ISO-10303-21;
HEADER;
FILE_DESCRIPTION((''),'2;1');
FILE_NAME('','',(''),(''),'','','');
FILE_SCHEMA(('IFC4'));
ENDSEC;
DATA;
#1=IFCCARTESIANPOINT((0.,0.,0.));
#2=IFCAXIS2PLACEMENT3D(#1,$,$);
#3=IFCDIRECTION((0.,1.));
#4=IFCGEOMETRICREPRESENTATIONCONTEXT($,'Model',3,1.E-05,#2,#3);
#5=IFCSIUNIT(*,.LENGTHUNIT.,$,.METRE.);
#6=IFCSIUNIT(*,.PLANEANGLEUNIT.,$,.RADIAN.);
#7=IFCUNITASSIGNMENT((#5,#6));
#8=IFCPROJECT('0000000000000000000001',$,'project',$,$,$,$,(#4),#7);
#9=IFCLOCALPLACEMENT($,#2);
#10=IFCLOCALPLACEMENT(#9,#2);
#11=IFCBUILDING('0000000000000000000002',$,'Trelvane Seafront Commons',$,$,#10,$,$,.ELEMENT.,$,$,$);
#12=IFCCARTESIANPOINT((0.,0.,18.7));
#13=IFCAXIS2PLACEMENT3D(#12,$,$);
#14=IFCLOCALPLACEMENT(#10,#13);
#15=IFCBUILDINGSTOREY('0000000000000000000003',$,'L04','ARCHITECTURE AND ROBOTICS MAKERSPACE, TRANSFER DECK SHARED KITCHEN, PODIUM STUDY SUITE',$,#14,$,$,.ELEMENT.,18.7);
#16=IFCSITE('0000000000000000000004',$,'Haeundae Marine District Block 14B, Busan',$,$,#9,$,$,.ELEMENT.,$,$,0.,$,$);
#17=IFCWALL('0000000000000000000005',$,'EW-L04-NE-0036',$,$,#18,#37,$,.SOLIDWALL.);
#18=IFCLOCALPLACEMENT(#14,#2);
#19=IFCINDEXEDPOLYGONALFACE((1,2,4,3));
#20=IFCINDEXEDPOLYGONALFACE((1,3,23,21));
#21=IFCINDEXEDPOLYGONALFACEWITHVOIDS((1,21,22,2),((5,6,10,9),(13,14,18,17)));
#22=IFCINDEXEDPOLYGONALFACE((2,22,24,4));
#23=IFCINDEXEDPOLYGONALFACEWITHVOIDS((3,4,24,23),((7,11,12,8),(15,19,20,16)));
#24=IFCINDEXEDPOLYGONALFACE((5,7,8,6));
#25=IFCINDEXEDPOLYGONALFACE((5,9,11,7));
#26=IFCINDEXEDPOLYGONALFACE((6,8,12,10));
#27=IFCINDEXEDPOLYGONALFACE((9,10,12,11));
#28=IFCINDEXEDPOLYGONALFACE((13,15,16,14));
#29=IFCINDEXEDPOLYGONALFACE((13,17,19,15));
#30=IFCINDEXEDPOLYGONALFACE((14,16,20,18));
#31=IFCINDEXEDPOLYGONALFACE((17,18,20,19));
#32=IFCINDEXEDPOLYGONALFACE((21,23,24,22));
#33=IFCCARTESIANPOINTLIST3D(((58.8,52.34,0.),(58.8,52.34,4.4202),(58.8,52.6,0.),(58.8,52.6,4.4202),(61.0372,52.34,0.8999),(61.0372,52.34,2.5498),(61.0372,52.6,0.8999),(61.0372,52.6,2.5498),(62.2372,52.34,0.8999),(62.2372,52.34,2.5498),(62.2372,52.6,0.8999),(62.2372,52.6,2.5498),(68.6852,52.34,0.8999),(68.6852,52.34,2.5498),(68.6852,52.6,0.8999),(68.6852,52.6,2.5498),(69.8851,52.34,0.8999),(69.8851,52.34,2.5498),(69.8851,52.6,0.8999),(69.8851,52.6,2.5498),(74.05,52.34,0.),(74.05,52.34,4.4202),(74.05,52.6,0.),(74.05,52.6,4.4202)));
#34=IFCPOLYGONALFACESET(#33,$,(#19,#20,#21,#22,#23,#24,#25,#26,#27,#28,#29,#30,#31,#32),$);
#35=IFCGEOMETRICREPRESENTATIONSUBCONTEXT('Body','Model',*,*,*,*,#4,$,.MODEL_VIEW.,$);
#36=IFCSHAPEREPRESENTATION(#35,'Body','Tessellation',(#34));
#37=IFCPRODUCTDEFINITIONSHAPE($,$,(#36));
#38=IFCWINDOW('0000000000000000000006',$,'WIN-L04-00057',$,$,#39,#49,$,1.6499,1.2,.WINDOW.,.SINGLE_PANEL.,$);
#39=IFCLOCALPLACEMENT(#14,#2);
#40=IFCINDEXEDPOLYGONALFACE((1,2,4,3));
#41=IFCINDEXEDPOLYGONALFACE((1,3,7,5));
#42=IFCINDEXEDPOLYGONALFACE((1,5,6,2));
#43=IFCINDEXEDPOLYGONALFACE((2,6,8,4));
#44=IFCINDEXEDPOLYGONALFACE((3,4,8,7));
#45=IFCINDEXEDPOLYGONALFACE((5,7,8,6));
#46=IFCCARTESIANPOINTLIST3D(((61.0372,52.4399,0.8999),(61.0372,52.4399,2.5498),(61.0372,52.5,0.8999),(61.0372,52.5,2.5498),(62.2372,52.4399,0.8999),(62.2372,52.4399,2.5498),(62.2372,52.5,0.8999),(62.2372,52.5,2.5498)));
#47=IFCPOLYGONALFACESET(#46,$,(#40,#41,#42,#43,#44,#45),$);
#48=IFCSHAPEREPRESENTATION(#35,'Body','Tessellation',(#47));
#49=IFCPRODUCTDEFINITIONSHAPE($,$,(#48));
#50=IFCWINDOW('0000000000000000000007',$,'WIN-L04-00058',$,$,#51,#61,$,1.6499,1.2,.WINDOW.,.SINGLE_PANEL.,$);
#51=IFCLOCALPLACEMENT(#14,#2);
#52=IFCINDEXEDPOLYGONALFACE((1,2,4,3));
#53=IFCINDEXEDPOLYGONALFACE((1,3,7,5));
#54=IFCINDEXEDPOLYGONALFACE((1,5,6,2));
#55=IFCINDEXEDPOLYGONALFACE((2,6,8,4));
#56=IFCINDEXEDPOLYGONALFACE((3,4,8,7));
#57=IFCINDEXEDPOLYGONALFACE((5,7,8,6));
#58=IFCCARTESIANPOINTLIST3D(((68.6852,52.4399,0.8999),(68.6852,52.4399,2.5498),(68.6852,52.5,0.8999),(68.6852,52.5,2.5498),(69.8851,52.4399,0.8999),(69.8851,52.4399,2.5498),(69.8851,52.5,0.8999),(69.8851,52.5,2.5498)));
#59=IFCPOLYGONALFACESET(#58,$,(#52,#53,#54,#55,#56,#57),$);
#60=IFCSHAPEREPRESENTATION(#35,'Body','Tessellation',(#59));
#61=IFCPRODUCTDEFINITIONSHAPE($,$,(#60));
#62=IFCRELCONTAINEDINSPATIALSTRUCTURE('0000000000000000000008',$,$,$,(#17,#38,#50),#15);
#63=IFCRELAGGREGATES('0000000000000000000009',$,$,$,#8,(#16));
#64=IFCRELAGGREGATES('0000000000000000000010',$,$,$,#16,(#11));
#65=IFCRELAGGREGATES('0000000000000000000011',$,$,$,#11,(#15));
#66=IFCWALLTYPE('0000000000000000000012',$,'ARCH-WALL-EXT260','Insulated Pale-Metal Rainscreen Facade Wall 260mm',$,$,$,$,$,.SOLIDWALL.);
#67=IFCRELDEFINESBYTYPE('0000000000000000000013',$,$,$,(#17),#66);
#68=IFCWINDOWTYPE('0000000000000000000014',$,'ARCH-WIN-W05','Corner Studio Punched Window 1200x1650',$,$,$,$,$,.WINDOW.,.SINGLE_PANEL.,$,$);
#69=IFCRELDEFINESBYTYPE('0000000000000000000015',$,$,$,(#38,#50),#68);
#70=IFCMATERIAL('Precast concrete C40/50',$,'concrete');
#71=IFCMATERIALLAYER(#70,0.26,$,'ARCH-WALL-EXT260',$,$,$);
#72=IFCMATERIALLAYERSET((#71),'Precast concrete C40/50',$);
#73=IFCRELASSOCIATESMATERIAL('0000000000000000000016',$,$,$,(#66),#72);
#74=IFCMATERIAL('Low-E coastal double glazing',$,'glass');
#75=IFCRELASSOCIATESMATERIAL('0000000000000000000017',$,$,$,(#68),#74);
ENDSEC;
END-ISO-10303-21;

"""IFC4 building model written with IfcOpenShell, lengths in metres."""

from ifc_helpers import new_model, si_unit, direction, frame, frame_2d, origin, place, context, subcontext, project, spatial, rectangle, extrude, source, transform, mapped, material, layer, layer_set, type_object, element, fill, save


model = new_model("IFC4")

# Units and contexts
model_context = context("Model", 3, precision=1e-05, world=origin(), true_north=direction((0.0, 1.0)))
body_context = subcontext(model_context, "Body", "Model", "MODEL_VIEW")
ifc_project = project(units=[si_unit("LENGTHUNIT", "METRE"), si_unit("PLANEANGLEUNIT", "RADIAN")], contexts=[model_context])

# Site, building, storey
site_placement = place(None, origin())
site = spatial("IfcSite", under=ifc_project, at=site_placement, Name="Haeundae Marine District Block 14B, Busan", CompositionType="ELEMENT", RefElevation=0.0)
building_placement = place(site_placement, origin())
building = spatial("IfcBuilding", under=site, at=building_placement, Name="Trelvane Seafront Commons", CompositionType="ELEMENT")
storey_placement = place(building_placement, frame((0.0, 0.0, 18.7)))
storey = spatial("IfcBuildingStorey", under=building, at=storey_placement, Name="L04", Description="ARCHITECTURE AND ROBOTICS MAKERSPACE, TRANSFER DECK SHARED KITCHEN, PODIUM STUDY SUITE", CompositionType="ELEMENT", Elevation=18.7)

# Shared definitions
ifc_material_1 = material(Name="Low-E coastal double glazing", Category="glass")

# Wall, openings, windows
ifc_material_2 = material(Name="Precast concrete C40/50", Category="concrete")
ifc_layer_1 = layer(ifc_material_2, 0.26, Name="ARCH-WALL-EXT260")
ifc_layer_set_1 = layer_set([ifc_layer_1], Name="Precast concrete C40/50")
wall_type_1 = type_object("IfcWallType", Name="ARCH-WALL-EXT260", Description="Insulated Pale-Metal Rainscreen Facade Wall 260mm", PredefinedType="SOLIDWALL", material=ifc_layer_set_1)
wall_1_placement = place(storey_placement, frame((58.8, 52.47, 0.0), z_axis=(0.0, 0.0, 1.0), x_axis=(1.0, 0.0, 0.0)))
wall_1 = element("IfcWall", 1, at=wall_1_placement, inside=storey, type_object=wall_type_1, Name="EW-L04-NE-0036", PredefinedType="SOLIDWALL", context=body_context, shape_type="SweptSolid", body=[
    extrude(rectangle(XDim=15.25, YDim=0.26, at=frame_2d((7.625, 0.0))), origin(), (0.0, 0.0, 1.0), 4.4202),
])
opening_1_placement = place(wall_1_placement, frame((2.2371, 0.0, 0.8999)))
opening_1 = element("IfcOpeningElement", 2, at=opening_1_placement, cuts=wall_1, PredefinedType="OPENING", context=body_context, shape_type="SweptSolid", body=[
    extrude(rectangle(XDim=1.2, YDim=1.6499, at=frame_2d((0.6001, 0.825))), frame((0.0, 0.1399, 0.0), z_axis=(0.0, -1.0, 0.0), x_axis=(1.0, 0.0, 0.0)), (0.0, 0.0, 1.0), 0.28),
])
opening_2_placement = place(wall_1_placement, frame((9.885, 0.0, 0.8999)))
opening_2 = element("IfcOpeningElement", 3, at=opening_2_placement, cuts=wall_1, PredefinedType="OPENING", context=body_context, shape_type="SweptSolid", body=[
    extrude(rectangle(XDim=1.2, YDim=1.6499, at=frame_2d((0.6001, 0.825))), frame((0.0, 0.1399, 0.0), z_axis=(0.0, -1.0, 0.0), x_axis=(1.0, 0.0, 0.0)), (0.0, 0.0, 1.0), 0.28),
])
window_type_1 = type_object("IfcWindowType", Name="ARCH-WIN-W05", Description="Corner Studio Punched Window 1200x1650", PartitioningType="SINGLE_PANEL", PredefinedType="WINDOW", material=ifc_material_1)
shared_shape_1 = source(origin(), body_context, "Body", "SweptSolid", [
    extrude(rectangle(XDim=1.2, YDim=1.6499, at=frame_2d((0.6001, 0.825))), frame((0.0, 0.03, 0.0), z_axis=(0.0, -1.0, 0.0), x_axis=(1.0, 0.0, 0.0)), (0.0, 0.0, 1.0), 0.0601),
])
window_1_placement = place(opening_1_placement, origin())
window_1 = element("IfcWindow", 4, at=window_1_placement, inside=storey, type_object=window_type_1, Name="WIN-L04-00057", OverallHeight=1.6499, OverallWidth=1.2, PartitioningType="SINGLE_PANEL", PredefinedType="WINDOW", context=body_context, shape_type="MappedRepresentation", body=[
    mapped(shared_shape_1, transform((0.0, 0.0, 0.0), x_axis=(1.0, 0.0, 0.0), y_axis=(0.0, 1.0, 0.0), z_axis=(0.0, 0.0, 1.0), scale=1.0)),
])
fill(opening_1, window_1)
window_2_placement = place(opening_2_placement, origin())
window_2 = element("IfcWindow", 5, at=window_2_placement, inside=storey, type_object=window_type_1, Name="WIN-L04-00058", OverallHeight=1.6499, OverallWidth=1.2, PartitioningType="SINGLE_PANEL", PredefinedType="WINDOW", context=body_context, shape_type="MappedRepresentation", body=[
    mapped(shared_shape_1, transform((0.0, 0.0, 0.0), x_axis=(1.0, 0.0, 0.0), y_axis=(0.0, 1.0, 0.0), z_axis=(0.0, 0.0, 1.0), scale=1.0)),
])
fill(opening_2, window_2)

save(model, "model.ifc")
